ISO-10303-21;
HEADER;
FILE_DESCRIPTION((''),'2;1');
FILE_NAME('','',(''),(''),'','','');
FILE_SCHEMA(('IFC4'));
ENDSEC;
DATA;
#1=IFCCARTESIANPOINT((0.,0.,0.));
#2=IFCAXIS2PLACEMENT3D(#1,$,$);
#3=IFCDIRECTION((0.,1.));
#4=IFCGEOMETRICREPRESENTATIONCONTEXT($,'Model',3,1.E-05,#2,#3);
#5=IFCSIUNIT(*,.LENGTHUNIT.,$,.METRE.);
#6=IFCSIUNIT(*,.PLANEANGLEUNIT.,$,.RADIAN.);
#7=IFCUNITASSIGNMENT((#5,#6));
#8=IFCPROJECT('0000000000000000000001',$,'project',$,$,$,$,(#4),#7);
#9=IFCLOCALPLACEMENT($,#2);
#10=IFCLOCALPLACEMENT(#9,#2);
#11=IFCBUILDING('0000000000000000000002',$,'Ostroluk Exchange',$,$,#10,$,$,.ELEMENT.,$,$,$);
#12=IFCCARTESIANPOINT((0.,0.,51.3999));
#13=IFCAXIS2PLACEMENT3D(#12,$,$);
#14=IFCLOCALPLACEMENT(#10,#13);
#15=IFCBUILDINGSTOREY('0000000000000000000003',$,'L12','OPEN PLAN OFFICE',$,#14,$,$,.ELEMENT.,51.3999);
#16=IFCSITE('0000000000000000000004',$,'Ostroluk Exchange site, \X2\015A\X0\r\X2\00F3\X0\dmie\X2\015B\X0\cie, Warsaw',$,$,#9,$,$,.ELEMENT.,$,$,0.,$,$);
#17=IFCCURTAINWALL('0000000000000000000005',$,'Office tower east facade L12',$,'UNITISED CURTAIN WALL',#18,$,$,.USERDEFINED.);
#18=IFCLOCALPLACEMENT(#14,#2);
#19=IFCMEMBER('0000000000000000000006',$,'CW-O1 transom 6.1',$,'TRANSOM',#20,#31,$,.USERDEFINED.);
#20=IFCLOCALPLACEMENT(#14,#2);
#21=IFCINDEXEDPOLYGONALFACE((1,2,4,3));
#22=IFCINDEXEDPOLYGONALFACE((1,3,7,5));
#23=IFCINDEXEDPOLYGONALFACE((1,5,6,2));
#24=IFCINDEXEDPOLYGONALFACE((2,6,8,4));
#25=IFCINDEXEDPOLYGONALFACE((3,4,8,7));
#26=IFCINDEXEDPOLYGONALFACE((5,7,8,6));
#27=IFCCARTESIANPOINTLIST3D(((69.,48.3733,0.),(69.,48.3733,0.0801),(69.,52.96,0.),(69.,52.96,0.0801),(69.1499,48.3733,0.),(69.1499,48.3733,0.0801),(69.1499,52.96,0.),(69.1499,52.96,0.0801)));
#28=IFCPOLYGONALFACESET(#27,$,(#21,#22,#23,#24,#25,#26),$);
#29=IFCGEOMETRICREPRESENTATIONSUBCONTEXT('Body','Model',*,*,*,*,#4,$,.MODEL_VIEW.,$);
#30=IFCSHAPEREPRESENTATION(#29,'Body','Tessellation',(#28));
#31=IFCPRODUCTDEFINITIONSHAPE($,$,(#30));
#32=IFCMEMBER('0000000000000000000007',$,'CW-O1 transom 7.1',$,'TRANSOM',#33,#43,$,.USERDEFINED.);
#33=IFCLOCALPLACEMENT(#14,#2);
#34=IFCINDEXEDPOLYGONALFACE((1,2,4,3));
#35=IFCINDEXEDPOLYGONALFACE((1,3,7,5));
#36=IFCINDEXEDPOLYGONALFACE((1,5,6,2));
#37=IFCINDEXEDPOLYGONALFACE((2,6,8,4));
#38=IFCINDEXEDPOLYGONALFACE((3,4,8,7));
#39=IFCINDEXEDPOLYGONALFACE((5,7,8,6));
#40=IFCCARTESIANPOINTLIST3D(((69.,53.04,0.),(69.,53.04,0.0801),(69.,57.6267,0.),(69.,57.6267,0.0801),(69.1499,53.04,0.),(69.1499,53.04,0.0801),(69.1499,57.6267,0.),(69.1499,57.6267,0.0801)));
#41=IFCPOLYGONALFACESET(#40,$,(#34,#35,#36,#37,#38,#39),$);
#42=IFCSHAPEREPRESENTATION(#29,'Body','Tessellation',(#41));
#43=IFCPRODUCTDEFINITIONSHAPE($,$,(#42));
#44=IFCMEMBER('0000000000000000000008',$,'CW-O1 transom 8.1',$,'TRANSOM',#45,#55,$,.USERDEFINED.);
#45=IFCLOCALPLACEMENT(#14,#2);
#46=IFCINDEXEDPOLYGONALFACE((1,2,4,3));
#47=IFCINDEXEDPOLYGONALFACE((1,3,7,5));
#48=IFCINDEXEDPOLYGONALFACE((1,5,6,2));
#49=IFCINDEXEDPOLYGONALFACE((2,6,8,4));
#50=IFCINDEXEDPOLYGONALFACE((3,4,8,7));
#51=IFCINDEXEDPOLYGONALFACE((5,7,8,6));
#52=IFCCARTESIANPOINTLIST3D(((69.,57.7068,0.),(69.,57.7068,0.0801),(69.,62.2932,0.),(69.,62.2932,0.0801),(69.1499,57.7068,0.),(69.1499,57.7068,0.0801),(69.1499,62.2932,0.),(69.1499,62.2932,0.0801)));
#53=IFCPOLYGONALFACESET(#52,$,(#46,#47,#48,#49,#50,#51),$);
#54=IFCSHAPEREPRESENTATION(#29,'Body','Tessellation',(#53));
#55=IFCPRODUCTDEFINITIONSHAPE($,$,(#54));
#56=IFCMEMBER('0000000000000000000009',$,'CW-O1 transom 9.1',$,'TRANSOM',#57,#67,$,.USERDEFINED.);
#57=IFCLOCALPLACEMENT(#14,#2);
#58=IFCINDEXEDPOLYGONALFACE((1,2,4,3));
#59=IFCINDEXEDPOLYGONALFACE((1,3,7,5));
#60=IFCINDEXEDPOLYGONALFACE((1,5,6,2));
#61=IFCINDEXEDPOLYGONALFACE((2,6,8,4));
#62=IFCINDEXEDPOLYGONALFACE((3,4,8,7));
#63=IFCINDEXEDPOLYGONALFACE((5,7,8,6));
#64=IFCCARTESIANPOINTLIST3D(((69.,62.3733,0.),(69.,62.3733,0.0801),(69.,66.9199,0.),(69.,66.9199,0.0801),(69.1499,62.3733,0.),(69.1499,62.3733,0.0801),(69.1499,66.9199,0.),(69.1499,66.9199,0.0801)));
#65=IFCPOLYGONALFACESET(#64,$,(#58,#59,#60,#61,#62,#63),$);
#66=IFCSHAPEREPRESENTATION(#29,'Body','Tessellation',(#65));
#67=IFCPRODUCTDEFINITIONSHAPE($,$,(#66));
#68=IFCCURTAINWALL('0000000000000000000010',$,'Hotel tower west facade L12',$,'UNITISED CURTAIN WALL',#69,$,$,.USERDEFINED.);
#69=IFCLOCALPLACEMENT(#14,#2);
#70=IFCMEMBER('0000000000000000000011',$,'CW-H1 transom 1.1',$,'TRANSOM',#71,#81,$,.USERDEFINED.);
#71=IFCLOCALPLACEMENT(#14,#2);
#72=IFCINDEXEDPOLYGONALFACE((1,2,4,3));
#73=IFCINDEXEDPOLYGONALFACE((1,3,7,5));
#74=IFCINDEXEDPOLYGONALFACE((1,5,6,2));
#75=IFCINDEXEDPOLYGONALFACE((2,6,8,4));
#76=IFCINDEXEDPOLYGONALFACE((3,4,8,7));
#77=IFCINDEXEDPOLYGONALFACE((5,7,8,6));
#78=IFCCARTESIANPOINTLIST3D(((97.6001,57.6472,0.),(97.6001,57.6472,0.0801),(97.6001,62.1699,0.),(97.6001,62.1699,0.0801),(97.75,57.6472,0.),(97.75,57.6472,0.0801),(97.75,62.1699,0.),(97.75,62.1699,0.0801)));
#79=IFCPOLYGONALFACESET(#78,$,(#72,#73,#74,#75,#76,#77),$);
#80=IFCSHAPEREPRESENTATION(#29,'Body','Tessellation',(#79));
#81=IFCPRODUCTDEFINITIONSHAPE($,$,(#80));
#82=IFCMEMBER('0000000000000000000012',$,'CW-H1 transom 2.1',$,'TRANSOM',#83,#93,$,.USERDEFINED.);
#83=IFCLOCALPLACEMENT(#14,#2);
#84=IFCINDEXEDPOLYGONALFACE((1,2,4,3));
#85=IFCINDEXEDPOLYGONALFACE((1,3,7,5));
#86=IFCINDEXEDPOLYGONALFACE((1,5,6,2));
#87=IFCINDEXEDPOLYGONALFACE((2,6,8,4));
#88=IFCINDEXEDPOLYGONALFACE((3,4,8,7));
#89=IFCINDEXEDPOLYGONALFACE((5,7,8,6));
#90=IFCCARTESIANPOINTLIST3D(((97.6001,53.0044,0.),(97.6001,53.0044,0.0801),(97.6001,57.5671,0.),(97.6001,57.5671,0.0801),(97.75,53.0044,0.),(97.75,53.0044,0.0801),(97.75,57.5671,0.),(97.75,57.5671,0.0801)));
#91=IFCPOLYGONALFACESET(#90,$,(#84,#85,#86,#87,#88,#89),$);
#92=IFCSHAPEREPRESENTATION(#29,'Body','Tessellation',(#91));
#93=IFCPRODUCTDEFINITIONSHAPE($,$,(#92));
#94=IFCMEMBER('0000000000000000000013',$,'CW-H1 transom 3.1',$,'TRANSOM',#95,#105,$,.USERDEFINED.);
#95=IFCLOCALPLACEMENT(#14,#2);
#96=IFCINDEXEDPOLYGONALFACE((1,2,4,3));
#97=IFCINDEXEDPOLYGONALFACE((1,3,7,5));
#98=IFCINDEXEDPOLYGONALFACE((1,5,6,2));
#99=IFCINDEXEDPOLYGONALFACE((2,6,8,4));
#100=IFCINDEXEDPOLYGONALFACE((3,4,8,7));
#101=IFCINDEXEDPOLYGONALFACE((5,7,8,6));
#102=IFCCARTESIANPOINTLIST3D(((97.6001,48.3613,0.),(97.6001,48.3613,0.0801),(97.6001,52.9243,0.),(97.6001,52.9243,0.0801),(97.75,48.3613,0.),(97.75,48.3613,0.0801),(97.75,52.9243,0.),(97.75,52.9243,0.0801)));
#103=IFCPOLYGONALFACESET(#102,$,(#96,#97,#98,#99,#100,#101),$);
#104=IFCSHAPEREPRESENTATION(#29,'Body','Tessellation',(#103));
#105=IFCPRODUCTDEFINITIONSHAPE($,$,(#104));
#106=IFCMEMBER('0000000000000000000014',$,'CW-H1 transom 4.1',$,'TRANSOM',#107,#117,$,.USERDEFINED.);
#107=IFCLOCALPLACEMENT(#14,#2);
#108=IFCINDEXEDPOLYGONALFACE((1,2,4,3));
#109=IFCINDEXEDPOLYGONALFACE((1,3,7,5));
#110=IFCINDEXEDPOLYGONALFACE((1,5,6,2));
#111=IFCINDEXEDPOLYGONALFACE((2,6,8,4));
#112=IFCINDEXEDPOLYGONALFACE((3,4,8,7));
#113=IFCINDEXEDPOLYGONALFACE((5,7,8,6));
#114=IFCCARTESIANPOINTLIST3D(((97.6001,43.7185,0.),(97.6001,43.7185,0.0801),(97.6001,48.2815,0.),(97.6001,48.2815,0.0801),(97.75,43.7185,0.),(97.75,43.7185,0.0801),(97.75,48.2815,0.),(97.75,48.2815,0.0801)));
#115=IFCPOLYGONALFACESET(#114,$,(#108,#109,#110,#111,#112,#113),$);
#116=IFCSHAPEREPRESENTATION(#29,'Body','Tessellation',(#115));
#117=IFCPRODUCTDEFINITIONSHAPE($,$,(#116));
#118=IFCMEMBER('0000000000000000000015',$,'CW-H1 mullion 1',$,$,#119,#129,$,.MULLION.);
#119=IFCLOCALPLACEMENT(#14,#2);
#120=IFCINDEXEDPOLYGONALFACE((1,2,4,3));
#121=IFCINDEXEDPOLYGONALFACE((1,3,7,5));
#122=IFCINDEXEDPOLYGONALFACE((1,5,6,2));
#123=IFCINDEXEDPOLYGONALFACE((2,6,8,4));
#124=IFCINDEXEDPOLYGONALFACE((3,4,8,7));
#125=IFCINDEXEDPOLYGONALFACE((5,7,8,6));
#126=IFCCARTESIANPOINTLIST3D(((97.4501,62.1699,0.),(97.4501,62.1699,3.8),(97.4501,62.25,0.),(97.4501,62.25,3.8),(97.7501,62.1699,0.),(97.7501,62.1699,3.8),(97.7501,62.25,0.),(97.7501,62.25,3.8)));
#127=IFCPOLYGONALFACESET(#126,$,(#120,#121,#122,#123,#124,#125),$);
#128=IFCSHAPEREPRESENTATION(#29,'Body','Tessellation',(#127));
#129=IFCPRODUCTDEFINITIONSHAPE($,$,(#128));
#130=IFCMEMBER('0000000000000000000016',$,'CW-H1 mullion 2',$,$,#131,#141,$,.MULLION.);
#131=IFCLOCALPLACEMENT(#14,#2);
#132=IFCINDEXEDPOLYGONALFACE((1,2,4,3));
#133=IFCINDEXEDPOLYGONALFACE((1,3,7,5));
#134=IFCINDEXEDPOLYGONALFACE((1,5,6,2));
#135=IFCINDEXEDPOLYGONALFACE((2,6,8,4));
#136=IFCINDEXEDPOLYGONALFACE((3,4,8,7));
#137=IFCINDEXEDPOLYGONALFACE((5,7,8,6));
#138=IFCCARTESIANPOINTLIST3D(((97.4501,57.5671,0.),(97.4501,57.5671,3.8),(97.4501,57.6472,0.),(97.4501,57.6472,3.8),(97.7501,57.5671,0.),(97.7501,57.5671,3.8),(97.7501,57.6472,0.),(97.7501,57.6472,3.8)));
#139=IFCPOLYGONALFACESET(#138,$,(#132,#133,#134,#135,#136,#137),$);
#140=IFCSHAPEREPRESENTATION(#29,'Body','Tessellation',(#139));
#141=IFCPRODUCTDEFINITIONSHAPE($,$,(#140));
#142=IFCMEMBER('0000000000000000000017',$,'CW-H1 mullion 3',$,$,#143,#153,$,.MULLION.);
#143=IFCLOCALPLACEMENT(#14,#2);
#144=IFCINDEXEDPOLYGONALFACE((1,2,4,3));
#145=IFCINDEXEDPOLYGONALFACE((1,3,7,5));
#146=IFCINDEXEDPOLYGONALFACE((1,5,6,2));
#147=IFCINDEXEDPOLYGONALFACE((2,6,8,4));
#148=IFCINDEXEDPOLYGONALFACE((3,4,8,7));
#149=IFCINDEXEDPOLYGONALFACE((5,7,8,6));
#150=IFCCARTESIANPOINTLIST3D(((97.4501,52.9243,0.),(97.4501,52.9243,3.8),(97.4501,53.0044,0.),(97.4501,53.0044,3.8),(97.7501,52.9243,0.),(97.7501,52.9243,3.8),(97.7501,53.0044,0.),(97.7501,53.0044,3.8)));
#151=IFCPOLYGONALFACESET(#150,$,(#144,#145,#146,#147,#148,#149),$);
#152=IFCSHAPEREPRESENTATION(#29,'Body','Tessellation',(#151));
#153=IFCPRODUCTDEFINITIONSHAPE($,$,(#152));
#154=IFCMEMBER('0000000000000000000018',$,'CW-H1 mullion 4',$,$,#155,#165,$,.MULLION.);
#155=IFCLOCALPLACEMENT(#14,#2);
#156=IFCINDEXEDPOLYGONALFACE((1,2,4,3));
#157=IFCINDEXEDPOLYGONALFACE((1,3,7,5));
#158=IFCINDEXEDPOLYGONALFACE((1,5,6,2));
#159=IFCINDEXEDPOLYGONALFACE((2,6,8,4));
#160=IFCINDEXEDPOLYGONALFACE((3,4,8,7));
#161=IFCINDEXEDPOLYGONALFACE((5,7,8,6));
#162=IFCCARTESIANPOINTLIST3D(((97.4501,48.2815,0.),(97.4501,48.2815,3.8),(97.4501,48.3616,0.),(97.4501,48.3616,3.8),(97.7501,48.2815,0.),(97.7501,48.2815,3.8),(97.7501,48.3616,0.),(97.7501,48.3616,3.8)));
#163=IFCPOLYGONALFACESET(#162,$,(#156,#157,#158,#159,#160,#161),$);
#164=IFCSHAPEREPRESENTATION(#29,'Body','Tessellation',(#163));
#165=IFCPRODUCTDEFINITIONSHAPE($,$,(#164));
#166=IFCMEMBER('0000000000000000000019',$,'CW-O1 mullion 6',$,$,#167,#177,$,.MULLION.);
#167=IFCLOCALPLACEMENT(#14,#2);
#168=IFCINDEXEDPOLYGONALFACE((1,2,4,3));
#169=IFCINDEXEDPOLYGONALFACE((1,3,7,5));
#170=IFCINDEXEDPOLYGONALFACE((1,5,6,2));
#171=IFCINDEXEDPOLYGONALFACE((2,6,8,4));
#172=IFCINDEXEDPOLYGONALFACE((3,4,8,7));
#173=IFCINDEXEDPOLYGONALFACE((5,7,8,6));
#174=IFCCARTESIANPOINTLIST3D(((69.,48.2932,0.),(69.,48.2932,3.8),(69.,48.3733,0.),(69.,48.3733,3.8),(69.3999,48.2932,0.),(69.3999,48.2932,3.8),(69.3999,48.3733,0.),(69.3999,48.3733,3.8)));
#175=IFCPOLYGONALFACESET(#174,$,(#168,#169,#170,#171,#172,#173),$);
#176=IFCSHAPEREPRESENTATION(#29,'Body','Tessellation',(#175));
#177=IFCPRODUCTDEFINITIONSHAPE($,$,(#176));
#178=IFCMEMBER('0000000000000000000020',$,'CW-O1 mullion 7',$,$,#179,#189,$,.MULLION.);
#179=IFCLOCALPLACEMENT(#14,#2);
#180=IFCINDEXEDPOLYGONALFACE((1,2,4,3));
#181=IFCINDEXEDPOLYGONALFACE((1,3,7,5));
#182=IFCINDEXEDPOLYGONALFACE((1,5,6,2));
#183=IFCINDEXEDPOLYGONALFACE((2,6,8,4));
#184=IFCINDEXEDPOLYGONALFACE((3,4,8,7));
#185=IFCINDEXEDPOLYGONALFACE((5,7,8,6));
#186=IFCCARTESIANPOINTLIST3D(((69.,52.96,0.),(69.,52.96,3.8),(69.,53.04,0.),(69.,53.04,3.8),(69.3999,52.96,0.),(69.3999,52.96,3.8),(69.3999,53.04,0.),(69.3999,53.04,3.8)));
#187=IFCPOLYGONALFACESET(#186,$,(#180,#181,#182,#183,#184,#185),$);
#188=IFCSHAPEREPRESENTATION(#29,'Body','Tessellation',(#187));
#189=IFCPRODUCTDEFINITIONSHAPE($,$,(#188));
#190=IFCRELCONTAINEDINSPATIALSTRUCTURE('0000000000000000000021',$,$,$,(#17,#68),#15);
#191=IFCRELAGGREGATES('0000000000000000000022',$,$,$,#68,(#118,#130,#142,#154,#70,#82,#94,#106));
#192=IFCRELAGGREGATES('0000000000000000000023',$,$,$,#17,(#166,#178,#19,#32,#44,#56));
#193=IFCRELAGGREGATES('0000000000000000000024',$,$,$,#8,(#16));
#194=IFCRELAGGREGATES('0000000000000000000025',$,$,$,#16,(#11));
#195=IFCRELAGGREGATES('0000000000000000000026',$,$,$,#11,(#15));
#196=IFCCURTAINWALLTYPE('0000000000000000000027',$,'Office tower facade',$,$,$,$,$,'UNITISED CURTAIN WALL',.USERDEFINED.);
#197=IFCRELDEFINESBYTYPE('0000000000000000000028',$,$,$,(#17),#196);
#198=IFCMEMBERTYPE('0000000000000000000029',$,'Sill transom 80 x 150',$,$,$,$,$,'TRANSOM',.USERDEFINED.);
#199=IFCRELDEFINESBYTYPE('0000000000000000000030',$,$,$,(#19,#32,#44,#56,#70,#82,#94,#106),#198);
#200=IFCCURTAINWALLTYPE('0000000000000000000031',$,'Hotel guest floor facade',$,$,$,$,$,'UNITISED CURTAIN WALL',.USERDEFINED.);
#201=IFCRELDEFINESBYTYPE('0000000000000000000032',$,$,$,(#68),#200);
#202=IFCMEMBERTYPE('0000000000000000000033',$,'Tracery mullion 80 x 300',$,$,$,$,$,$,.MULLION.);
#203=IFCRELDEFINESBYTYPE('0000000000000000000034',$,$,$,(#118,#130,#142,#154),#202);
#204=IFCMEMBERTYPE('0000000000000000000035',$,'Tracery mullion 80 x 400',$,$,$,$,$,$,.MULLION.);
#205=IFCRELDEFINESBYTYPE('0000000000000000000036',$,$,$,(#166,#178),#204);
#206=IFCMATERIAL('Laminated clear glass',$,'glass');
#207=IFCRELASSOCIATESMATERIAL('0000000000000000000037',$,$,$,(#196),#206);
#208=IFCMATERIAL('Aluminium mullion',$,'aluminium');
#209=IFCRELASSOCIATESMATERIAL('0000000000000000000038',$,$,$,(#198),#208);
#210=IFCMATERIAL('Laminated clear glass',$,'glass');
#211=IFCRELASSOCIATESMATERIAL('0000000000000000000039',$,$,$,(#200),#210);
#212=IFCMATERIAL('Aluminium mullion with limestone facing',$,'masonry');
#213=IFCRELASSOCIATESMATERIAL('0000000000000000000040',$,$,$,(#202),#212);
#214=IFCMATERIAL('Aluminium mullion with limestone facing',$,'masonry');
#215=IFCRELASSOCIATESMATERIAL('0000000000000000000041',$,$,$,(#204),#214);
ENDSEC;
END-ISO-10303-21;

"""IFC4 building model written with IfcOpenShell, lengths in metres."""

from ifc_helpers import new_model, si_unit, direction, frame, origin, origin_2d, place, context, subcontext, project, spatial, rectangle, extrude, material, material_profile, profile_set, type_object, element, aggregate, save


model = new_model("IFC4")

# Units and contexts
model_context = context("Model", 3, precision=1e-05, world=origin(), true_north=direction((0.0, 1.0)))
body_context = subcontext(model_context, "Body", "Model", "MODEL_VIEW")
ifc_project = project(units=[si_unit("LENGTHUNIT", "METRE"), si_unit("PLANEANGLEUNIT", "RADIAN")], contexts=[model_context])

# Site, building, storey
site_placement = place(None, origin())
site = spatial("IfcSite", under=ifc_project, at=site_placement, Name="Ostroluk Exchange site, Śródmieście, Warsaw", CompositionType="ELEMENT", RefElevation=0.0)
building_placement = place(site_placement, origin())
building = spatial("IfcBuilding", under=site, at=building_placement, Name="Ostroluk Exchange", CompositionType="ELEMENT")
storey_placement = place(building_placement, frame((0.0, 0.0, 51.3999)))
storey = spatial("IfcBuildingStorey", under=building, at=storey_placement, Name="L12", Description="OPEN PLAN OFFICE", CompositionType="ELEMENT", Elevation=51.3999)

# Curtain walls, members
ifc_material_1 = material(Name="Laminated clear glass", Category="glass")
curtain_wall_type_1 = type_object("IfcCurtainWallType", Name="Office tower facade", ElementType="UNITISED CURTAIN WALL", PredefinedType="USERDEFINED", material=ifc_material_1)
curtain_wall_1_placement = place(storey_placement, origin())
curtain_wall_1 = element("IfcCurtainWall", 1, at=curtain_wall_1_placement, inside=storey, type_object=curtain_wall_type_1, Name="Office tower east facade L12", ObjectType="UNITISED CURTAIN WALL", PredefinedType="USERDEFINED")
ifc_material_2 = material(Name="Aluminium mullion", Category="aluminium")
ifc_material_profile_1 = material_profile(ifc_material_2, rectangle(XDim=0.1499, YDim=0.0801, at=origin_2d()), Name="Sill transom 80 x 150")
ifc_profile_set_1 = profile_set([ifc_material_profile_1], Name="Aluminium mullion")
member_type_1 = type_object("IfcMemberType", Name="Sill transom 80 x 150", ElementType="TRANSOM", PredefinedType="USERDEFINED", material=ifc_profile_set_1)
member_1_placement = place(storey_placement, frame((69.075, 48.3733, 0.04), z_axis=(0.0, 1.0, 0.0), x_axis=(-1.0, 0.0, 0.0)))
member_1 = element("IfcMember", 2, at=member_1_placement, type_object=member_type_1, Name="CW-O1 transom 6.1", ObjectType="TRANSOM", PredefinedType="USERDEFINED", context=body_context, shape_type="SweptSolid", body=[
    extrude(rectangle(XDim=0.1499, YDim=0.0801, at=origin_2d()), origin(), (0.0, 0.0, 1.0), 4.5867),
])
member_2_placement = place(storey_placement, frame((69.075, 53.04, 0.04), z_axis=(0.0, 1.0, 0.0), x_axis=(-1.0, 0.0, 0.0)))
member_2 = element("IfcMember", 3, at=member_2_placement, type_object=member_type_1, Name="CW-O1 transom 7.1", ObjectType="TRANSOM", PredefinedType="USERDEFINED", context=body_context, shape_type="SweptSolid", body=[
    extrude(rectangle(XDim=0.1499, YDim=0.0801, at=origin_2d()), origin(), (0.0, 0.0, 1.0), 4.5867),
])
member_3_placement = place(storey_placement, frame((69.075, 57.7068, 0.04), z_axis=(0.0, 1.0, 0.0), x_axis=(-1.0, 0.0, 0.0)))
member_3 = element("IfcMember", 4, at=member_3_placement, type_object=member_type_1, Name="CW-O1 transom 8.1", ObjectType="TRANSOM", PredefinedType="USERDEFINED", context=body_context, shape_type="SweptSolid", body=[
    extrude(rectangle(XDim=0.1499, YDim=0.0801, at=origin_2d()), origin(), (0.0, 0.0, 1.0), 4.5864),
])
member_4_placement = place(storey_placement, frame((69.075, 62.3733, 0.04), z_axis=(0.0, 1.0, 0.0), x_axis=(-1.0, 0.0, 0.0)))
member_4 = element("IfcMember", 5, at=member_4_placement, type_object=member_type_1, Name="CW-O1 transom 9.1", ObjectType="TRANSOM", PredefinedType="USERDEFINED", context=body_context, shape_type="SweptSolid", body=[
    extrude(rectangle(XDim=0.1499, YDim=0.0801, at=origin_2d()), origin(), (0.0, 0.0, 1.0), 4.5466),
])
ifc_material_3 = material(Name="Laminated clear glass", Category="glass")
curtain_wall_type_2 = type_object("IfcCurtainWallType", Name="Hotel guest floor facade", ElementType="UNITISED CURTAIN WALL", PredefinedType="USERDEFINED", material=ifc_material_3)
curtain_wall_2_placement = place(storey_placement, origin())
curtain_wall_2 = element("IfcCurtainWall", 6, at=curtain_wall_2_placement, inside=storey, type_object=curtain_wall_type_2, Name="Hotel tower west facade L12", ObjectType="UNITISED CURTAIN WALL", PredefinedType="USERDEFINED")
member_5_placement = place(storey_placement, frame((97.675, 62.1699, 0.04), z_axis=(0.0, -1.0, 0.0), x_axis=(1.0, 0.0, 0.0)))
member_5 = element("IfcMember", 7, at=member_5_placement, type_object=member_type_1, Name="CW-H1 transom 1.1", ObjectType="TRANSOM", PredefinedType="USERDEFINED", context=body_context, shape_type="SweptSolid", body=[
    extrude(rectangle(XDim=0.1499, YDim=0.0801, at=origin_2d()), origin(), (0.0, 0.0, 1.0), 4.5227),
])
member_6_placement = place(storey_placement, frame((97.675, 57.5671, 0.04), z_axis=(0.0, -1.0, 0.0), x_axis=(1.0, 0.0, 0.0)))
member_6 = element("IfcMember", 8, at=member_6_placement, type_object=member_type_1, Name="CW-H1 transom 2.1", ObjectType="TRANSOM", PredefinedType="USERDEFINED", context=body_context, shape_type="SweptSolid", body=[
    extrude(rectangle(XDim=0.1499, YDim=0.0801, at=origin_2d()), origin(), (0.0, 0.0, 1.0), 4.5627),
])
member_7_placement = place(storey_placement, frame((97.675, 52.9243, 0.04), z_axis=(0.0, -1.0, 0.0), x_axis=(1.0, 0.0, 0.0)))
member_7 = element("IfcMember", 9, at=member_7_placement, type_object=member_type_1, Name="CW-H1 transom 3.1", ObjectType="TRANSOM", PredefinedType="USERDEFINED", context=body_context, shape_type="SweptSolid", body=[
    extrude(rectangle(XDim=0.1499, YDim=0.0801, at=origin_2d()), origin(), (0.0, 0.0, 1.0), 4.563),
])
member_8_placement = place(storey_placement, frame((97.675, 48.2815, 0.04), z_axis=(0.0, -1.0, 0.0), x_axis=(1.0, 0.0, 0.0)))
member_8 = element("IfcMember", 10, at=member_8_placement, type_object=member_type_1, Name="CW-H1 transom 4.1", ObjectType="TRANSOM", PredefinedType="USERDEFINED", context=body_context, shape_type="SweptSolid", body=[
    extrude(rectangle(XDim=0.1499, YDim=0.0801, at=origin_2d()), origin(), (0.0, 0.0, 1.0), 4.563),
])
ifc_material_4 = material(Name="Aluminium mullion with limestone facing", Category="masonry")
ifc_material_profile_2 = material_profile(ifc_material_4, rectangle(XDim=0.3, YDim=0.0801, at=origin_2d()), Name="Tracery mullion 80 x 300")
ifc_profile_set_2 = profile_set([ifc_material_profile_2], Name="Aluminium mullion with limestone facing")
member_type_2 = type_object("IfcMemberType", Name="Tracery mullion 80 x 300", PredefinedType="MULLION", material=ifc_profile_set_2)
member_9_placement = place(storey_placement, frame((97.6001, 62.21, 0.0), z_axis=(0.0, 0.0, 1.0), x_axis=(1.0, 0.0, 0.0)))
member_9 = element("IfcMember", 11, at=member_9_placement, type_object=member_type_2, Name="CW-H1 mullion 1", PredefinedType="MULLION", context=body_context, shape_type="SweptSolid", body=[
    extrude(rectangle(XDim=0.3, YDim=0.0801, at=origin_2d()), origin(), (0.0, 0.0, 1.0), 3.8),
])
member_10_placement = place(storey_placement, frame((97.6001, 57.6072, 0.0), z_axis=(0.0, 0.0, 1.0), x_axis=(1.0, 0.0, 0.0)))
member_10 = element("IfcMember", 12, at=member_10_placement, type_object=member_type_2, Name="CW-H1 mullion 2", PredefinedType="MULLION", context=body_context, shape_type="SweptSolid", body=[
    extrude(rectangle(XDim=0.3, YDim=0.0801, at=origin_2d()), origin(), (0.0, 0.0, 1.0), 3.8),
])
member_11_placement = place(storey_placement, frame((97.6001, 52.9644, 0.0), z_axis=(0.0, 0.0, 1.0), x_axis=(1.0, 0.0, 0.0)))
member_11 = element("IfcMember", 13, at=member_11_placement, type_object=member_type_2, Name="CW-H1 mullion 3", PredefinedType="MULLION", context=body_context, shape_type="SweptSolid", body=[
    extrude(rectangle(XDim=0.3, YDim=0.0801, at=origin_2d()), origin(), (0.0, 0.0, 1.0), 3.8),
])
member_12_placement = place(storey_placement, frame((97.6001, 48.3215, 0.0), z_axis=(0.0, 0.0, 1.0), x_axis=(1.0, 0.0, 0.0)))
member_12 = element("IfcMember", 14, at=member_12_placement, type_object=member_type_2, Name="CW-H1 mullion 4", PredefinedType="MULLION", context=body_context, shape_type="SweptSolid", body=[
    extrude(rectangle(XDim=0.3, YDim=0.0801, at=origin_2d()), origin(), (0.0, 0.0, 1.0), 3.8),
])

# Members
ifc_material_5 = material(Name="Aluminium mullion with limestone facing", Category="masonry")
ifc_material_profile_3 = material_profile(ifc_material_5, rectangle(XDim=0.3999, YDim=0.0801, at=origin_2d()), Name="Tracery mullion 80 x 400")
ifc_profile_set_3 = profile_set([ifc_material_profile_3], Name="Aluminium mullion with limestone facing")
member_type_3 = type_object("IfcMemberType", Name="Tracery mullion 80 x 400", PredefinedType="MULLION", material=ifc_profile_set_3)
member_13_placement = place(storey_placement, frame((69.2, 48.3333, 0.0), z_axis=(0.0, 0.0, 1.0), x_axis=(-1.0, 0.0, 0.0)))
member_13 = element("IfcMember", 15, at=member_13_placement, type_object=member_type_3, Name="CW-O1 mullion 6", PredefinedType="MULLION", context=body_context, shape_type="SweptSolid", body=[
    extrude(rectangle(XDim=0.3999, YDim=0.0801, at=origin_2d()), origin(), (0.0, 0.0, 1.0), 3.8),
])
member_14_placement = place(storey_placement, frame((69.2, 53.0, 0.0), z_axis=(0.0, 0.0, 1.0), x_axis=(-1.0, 0.0, 0.0)))
member_14 = element("IfcMember", 16, at=member_14_placement, type_object=member_type_3, Name="CW-O1 mullion 7", PredefinedType="MULLION", context=body_context, shape_type="SweptSolid", body=[
    extrude(rectangle(XDim=0.3999, YDim=0.0801, at=origin_2d()), origin(), (0.0, 0.0, 1.0), 3.8),
])

aggregate(curtain_wall_2, [member_9, member_10, member_11, member_12, member_5, member_6, member_7, member_8])

aggregate(curtain_wall_1, [member_13, member_14, member_1, member_2, member_3, member_4])

save(model, "model.ifc")
